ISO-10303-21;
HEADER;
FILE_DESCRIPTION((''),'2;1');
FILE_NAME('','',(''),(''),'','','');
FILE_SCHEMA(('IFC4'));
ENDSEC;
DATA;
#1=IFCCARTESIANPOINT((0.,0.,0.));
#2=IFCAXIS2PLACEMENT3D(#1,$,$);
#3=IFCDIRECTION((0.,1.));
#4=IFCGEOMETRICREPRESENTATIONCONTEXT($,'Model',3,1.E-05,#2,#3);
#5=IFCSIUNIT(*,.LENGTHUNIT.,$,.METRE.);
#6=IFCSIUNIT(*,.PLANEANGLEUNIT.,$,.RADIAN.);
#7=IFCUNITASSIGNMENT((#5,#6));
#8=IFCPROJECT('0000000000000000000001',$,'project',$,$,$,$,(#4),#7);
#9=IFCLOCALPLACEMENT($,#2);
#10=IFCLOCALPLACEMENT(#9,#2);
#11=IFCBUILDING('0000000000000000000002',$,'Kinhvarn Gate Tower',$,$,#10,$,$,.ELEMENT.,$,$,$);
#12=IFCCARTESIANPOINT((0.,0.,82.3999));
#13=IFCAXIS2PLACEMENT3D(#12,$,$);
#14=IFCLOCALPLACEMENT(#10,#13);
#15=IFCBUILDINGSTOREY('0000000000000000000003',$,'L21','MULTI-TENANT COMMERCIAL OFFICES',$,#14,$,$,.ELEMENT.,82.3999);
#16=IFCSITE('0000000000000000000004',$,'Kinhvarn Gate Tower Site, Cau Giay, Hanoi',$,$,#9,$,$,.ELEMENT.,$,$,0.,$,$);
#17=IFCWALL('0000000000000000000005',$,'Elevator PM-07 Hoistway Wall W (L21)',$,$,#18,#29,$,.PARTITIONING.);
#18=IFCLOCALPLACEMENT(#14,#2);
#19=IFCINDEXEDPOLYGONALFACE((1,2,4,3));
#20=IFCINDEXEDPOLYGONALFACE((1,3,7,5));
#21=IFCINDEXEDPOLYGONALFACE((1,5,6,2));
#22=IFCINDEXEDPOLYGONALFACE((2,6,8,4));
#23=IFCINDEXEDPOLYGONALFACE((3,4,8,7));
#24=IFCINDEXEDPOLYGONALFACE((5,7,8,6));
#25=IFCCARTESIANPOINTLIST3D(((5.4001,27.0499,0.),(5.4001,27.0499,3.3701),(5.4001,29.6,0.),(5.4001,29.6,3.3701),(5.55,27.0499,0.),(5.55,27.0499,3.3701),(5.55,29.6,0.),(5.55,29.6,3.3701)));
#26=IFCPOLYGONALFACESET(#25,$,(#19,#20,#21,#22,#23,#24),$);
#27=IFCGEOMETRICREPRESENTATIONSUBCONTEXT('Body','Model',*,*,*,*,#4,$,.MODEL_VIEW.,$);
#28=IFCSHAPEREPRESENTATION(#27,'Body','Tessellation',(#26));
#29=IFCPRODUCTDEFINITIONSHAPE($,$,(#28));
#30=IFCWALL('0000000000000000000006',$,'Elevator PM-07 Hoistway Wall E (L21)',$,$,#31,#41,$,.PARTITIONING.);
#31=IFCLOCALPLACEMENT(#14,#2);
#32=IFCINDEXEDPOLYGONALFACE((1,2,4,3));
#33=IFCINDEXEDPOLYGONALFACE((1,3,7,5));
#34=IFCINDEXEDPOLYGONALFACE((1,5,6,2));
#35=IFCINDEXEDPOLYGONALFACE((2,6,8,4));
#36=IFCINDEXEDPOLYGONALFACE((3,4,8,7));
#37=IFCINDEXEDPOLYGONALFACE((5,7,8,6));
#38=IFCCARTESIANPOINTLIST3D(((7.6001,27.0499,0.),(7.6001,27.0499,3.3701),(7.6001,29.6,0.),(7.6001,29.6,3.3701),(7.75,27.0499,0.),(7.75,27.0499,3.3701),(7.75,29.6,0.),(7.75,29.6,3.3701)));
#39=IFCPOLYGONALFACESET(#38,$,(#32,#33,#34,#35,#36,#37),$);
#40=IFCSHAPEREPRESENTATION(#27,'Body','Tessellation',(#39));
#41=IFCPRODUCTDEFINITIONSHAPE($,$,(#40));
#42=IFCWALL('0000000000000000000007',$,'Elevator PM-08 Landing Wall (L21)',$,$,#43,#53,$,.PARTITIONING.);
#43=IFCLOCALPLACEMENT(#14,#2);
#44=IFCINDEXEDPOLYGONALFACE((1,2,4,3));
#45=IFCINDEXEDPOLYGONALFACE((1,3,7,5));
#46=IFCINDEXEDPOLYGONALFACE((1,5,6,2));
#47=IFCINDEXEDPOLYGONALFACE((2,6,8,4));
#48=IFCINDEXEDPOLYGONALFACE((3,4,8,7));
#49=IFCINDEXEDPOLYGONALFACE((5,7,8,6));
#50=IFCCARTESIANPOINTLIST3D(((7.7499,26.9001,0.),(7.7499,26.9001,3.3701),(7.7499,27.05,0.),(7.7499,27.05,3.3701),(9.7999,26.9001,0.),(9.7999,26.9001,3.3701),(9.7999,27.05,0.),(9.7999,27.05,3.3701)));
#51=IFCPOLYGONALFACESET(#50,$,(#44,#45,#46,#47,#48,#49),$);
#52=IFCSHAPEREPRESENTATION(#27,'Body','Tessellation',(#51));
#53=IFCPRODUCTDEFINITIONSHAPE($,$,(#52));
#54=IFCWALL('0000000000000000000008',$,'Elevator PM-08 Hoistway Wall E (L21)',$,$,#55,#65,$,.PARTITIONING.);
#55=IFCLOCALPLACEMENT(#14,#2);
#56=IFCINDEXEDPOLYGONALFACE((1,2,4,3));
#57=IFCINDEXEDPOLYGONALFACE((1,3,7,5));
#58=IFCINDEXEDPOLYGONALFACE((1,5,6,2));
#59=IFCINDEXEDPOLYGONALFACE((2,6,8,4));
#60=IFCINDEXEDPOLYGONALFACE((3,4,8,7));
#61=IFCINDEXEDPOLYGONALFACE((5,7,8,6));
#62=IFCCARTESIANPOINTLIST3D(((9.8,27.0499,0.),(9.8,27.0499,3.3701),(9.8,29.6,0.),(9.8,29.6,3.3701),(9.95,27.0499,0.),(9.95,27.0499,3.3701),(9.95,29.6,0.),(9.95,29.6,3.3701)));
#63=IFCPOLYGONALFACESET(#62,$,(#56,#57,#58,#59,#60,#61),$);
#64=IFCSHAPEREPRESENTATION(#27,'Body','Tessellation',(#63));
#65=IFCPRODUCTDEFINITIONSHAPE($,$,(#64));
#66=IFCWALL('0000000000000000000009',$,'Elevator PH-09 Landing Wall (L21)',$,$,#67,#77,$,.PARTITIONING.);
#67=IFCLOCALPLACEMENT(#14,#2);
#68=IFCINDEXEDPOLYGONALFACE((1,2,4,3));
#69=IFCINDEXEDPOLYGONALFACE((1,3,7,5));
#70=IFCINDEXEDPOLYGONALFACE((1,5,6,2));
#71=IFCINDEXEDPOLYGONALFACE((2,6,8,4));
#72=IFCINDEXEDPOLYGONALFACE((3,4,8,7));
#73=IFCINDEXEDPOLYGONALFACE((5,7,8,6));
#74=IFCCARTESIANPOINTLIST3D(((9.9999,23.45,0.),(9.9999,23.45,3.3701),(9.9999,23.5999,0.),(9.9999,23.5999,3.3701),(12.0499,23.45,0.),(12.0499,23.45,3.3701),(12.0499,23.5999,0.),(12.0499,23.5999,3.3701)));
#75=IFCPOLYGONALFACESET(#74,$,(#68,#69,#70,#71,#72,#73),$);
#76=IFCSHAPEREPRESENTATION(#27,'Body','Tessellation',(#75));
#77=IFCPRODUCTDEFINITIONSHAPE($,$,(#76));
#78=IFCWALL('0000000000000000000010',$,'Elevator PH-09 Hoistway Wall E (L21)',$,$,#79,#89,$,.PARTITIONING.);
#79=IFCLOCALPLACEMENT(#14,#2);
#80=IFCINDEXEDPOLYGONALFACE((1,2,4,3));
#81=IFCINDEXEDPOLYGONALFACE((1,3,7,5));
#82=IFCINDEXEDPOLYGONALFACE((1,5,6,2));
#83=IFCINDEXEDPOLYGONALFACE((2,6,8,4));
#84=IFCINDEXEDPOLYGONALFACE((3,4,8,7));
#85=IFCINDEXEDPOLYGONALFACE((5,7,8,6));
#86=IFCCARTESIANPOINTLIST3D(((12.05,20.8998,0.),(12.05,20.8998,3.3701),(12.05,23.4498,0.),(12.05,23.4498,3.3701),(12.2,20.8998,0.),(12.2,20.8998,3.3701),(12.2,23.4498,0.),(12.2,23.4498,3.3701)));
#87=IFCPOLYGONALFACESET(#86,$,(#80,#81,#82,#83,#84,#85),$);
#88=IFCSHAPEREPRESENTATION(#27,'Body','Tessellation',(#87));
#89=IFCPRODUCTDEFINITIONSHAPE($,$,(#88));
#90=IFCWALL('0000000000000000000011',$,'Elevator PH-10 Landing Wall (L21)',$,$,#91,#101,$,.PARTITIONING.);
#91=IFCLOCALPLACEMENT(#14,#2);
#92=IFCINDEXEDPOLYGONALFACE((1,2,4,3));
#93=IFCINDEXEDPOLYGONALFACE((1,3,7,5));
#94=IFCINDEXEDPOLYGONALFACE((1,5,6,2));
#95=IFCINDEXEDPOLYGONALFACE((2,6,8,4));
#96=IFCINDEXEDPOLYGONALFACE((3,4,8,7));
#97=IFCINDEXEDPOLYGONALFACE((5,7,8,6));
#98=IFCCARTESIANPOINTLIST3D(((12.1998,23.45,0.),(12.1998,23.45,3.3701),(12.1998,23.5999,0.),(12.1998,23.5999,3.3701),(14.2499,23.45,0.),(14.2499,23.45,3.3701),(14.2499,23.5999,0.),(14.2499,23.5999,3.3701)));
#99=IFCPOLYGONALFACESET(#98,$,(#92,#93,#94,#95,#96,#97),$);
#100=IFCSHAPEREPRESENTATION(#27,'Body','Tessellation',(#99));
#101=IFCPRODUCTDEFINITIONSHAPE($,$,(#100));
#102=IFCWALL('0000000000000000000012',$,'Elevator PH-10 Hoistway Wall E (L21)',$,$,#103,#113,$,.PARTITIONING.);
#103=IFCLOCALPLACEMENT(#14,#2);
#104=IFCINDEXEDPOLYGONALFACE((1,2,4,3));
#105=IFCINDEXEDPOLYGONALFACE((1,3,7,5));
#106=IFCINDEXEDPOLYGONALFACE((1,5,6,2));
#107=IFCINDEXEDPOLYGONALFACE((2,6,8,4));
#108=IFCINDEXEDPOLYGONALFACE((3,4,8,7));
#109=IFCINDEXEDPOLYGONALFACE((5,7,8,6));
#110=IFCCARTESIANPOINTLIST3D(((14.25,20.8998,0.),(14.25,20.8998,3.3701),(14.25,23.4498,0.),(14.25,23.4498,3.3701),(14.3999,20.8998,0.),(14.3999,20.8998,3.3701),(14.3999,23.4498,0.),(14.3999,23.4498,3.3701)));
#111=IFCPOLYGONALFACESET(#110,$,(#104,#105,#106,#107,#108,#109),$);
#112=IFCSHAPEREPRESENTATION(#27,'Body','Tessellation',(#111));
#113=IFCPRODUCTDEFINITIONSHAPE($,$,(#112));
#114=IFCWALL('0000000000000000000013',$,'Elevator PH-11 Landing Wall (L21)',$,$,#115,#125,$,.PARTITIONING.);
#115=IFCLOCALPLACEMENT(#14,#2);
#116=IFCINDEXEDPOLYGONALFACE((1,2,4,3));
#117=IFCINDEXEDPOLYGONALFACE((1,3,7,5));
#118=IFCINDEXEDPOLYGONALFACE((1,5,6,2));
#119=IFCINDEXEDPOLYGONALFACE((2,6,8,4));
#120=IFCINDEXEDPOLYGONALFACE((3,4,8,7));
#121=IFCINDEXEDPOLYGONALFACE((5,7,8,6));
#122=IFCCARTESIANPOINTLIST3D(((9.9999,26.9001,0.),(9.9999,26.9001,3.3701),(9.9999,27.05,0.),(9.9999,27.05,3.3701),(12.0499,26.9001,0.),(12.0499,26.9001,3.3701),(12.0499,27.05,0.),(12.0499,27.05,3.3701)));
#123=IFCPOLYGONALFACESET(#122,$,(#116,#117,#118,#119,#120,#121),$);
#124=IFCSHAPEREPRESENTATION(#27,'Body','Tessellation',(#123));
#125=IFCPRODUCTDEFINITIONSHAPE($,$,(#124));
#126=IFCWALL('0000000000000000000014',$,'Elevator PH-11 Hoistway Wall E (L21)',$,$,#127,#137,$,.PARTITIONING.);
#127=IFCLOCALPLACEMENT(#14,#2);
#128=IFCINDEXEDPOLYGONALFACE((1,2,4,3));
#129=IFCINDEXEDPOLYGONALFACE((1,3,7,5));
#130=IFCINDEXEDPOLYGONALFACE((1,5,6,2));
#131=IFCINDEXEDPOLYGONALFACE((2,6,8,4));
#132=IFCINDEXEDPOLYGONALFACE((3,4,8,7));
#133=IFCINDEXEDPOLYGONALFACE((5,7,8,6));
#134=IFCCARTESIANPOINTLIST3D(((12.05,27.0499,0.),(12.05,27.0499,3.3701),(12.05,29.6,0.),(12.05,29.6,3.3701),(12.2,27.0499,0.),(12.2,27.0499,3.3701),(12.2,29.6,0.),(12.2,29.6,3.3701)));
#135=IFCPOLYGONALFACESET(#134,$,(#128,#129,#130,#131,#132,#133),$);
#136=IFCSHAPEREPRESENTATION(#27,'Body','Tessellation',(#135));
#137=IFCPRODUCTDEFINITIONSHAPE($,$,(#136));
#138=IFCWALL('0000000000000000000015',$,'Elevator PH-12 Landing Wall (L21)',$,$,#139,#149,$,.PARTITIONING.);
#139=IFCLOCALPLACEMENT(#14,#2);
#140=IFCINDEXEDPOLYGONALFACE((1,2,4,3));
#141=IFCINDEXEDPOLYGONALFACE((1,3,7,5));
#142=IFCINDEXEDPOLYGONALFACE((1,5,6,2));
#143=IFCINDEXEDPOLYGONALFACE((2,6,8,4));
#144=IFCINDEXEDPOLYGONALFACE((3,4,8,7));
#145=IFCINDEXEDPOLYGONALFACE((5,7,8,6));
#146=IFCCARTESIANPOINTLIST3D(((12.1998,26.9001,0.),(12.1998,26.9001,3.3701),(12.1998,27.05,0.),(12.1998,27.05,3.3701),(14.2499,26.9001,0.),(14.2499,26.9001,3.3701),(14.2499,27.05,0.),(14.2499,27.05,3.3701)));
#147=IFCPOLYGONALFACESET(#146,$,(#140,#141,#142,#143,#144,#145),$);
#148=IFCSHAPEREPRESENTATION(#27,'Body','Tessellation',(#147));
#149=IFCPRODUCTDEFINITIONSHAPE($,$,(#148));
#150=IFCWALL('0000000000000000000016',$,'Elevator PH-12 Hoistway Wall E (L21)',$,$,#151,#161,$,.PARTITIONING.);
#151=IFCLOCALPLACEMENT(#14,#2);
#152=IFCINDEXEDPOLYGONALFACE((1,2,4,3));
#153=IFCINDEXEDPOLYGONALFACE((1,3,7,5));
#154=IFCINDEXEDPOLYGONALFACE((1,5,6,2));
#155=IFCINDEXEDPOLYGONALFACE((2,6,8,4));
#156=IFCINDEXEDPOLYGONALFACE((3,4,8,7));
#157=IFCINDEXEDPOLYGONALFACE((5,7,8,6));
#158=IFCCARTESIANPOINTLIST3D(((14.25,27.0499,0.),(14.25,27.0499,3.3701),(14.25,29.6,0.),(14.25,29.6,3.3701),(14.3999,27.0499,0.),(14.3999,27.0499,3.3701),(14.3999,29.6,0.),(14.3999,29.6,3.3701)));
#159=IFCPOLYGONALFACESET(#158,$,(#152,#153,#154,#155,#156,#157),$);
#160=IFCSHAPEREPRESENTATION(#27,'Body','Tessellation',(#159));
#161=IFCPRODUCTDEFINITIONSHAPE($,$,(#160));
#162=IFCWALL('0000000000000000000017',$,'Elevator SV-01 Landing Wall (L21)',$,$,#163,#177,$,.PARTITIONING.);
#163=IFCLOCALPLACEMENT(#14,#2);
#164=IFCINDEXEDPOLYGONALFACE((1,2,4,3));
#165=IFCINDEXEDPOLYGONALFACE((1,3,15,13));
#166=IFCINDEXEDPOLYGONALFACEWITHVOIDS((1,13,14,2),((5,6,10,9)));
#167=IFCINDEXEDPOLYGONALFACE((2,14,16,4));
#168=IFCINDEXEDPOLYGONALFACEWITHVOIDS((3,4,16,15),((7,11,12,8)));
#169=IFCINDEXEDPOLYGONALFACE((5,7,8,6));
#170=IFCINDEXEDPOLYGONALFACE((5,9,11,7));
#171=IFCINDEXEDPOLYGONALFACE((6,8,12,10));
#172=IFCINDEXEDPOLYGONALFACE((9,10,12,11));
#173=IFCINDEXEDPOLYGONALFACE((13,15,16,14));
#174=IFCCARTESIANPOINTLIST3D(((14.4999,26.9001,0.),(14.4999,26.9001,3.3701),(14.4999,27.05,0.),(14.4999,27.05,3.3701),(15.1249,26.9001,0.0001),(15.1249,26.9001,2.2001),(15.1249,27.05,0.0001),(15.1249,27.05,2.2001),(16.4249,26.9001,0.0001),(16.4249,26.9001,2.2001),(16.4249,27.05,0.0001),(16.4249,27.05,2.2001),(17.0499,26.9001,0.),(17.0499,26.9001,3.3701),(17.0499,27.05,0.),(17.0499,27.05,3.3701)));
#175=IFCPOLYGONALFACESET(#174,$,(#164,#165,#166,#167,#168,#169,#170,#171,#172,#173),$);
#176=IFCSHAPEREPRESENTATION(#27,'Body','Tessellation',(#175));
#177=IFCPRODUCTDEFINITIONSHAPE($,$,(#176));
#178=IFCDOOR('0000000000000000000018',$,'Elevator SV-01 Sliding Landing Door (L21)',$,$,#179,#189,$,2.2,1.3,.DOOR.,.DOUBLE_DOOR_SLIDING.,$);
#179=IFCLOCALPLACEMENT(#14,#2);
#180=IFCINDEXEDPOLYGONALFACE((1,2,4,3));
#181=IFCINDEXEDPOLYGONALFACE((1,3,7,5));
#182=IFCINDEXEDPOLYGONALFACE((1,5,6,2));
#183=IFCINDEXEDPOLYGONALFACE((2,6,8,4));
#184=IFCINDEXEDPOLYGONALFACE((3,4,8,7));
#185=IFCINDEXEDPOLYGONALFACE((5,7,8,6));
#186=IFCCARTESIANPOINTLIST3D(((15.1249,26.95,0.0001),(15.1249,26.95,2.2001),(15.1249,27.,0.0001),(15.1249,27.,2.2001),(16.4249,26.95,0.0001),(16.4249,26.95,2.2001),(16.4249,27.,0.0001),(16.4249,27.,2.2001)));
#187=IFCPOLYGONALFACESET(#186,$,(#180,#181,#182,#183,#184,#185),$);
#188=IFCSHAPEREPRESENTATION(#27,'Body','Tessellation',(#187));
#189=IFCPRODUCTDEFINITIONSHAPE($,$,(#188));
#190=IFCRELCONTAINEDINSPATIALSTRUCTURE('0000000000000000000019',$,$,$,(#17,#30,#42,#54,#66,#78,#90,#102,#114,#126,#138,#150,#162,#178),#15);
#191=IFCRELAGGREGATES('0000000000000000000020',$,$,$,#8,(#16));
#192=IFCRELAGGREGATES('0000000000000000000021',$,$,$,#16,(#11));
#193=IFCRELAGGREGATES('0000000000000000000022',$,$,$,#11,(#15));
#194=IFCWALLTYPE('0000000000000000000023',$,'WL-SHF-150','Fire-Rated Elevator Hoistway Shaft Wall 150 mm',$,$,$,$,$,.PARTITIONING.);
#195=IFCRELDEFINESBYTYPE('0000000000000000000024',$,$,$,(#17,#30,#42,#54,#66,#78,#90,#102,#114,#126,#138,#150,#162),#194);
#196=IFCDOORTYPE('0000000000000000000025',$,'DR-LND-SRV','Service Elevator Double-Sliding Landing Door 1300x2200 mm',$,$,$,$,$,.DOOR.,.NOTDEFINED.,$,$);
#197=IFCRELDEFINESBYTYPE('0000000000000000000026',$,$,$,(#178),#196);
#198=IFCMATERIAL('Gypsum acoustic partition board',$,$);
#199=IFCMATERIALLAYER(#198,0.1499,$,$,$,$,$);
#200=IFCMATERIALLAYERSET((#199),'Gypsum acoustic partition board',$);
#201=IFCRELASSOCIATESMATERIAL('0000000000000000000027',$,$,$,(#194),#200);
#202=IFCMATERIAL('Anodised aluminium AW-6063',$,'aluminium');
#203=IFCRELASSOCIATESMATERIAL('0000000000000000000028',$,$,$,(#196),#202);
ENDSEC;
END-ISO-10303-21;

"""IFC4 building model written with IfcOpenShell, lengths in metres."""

from ifc_helpers import new_model, si_unit, direction, frame, frame_2d, origin, place, context, subcontext, project, spatial, rectangle, extrude, material, layer, layer_set, type_object, element, fill, save


model = new_model("IFC4")

# Units and contexts
model_context = context("Model", 3, precision=1e-05, world=origin(), true_north=direction((0.0, 1.0)))
body_context = subcontext(model_context, "Body", "Model", "MODEL_VIEW")
ifc_project = project(units=[si_unit("LENGTHUNIT", "METRE"), si_unit("PLANEANGLEUNIT", "RADIAN")], contexts=[model_context])

# Site, building, storey
site_placement = place(None, origin())
site = spatial("IfcSite", under=ifc_project, at=site_placement, Name="Kinhvarn Gate Tower Site, Cau Giay, Hanoi", CompositionType="ELEMENT", RefElevation=0.0)
building_placement = place(site_placement, origin())
building = spatial("IfcBuilding", under=site, at=building_placement, Name="Kinhvarn Gate Tower", CompositionType="ELEMENT")
storey_placement = place(building_placement, frame((0.0, 0.0, 82.3999)))
storey = spatial("IfcBuildingStorey", under=building, at=storey_placement, Name="L21", Description="MULTI-TENANT COMMERCIAL OFFICES", CompositionType="ELEMENT", Elevation=82.3999)

# Shared definitions
ifc_material_1 = material(Name="Anodised aluminium AW-6063", Category="aluminium")
ifc_material_2 = material(Name="Gypsum acoustic partition board")

# Walls
ifc_layer_1 = layer(ifc_material_2, 0.1499)
ifc_layer_set_1 = layer_set([ifc_layer_1], Name="Gypsum acoustic partition board")
wall_type_1 = type_object("IfcWallType", Name="WL-SHF-150", Description="Fire-Rated Elevator Hoistway Shaft Wall 150 mm", PredefinedType="PARTITIONING", material=ifc_layer_set_1)
for number, where, z_axis, x_axis, name in (
    (1, (5.4751, 27.05, 0.0), (0.0, 0.0, 1.0), (0.0, 1.0, 0.0), "Elevator PM-07 Hoistway Wall W (L21)"),
    (2, (7.675, 27.05, 0.0), (0.0, 0.0, 1.0), (0.0, 1.0, 0.0), "Elevator PM-07 Hoistway Wall E (L21)"),
):
    element("IfcWall", number, at=place(storey_placement, frame(where, z_axis=z_axis, x_axis=x_axis)), inside=storey, type_object=wall_type_1, Name=name, PredefinedType="PARTITIONING", context=body_context, shape_type="SweptSolid", body=[
        extrude(rectangle(XDim=2.55, YDim=0.1499, at=frame_2d((1.2749, 0.0))), origin(), (0.0, 0.0, 1.0), 3.3701),
    ])
wall_1_placement = place(storey_placement, frame((7.75, 26.9751, 0.0), z_axis=(0.0, 0.0, 1.0), x_axis=(1.0, 0.0, 0.0)))
element("IfcWall", 3, at=wall_1_placement, inside=storey, type_object=wall_type_1, Name="Elevator PM-08 Landing Wall (L21)", PredefinedType="PARTITIONING", context=body_context, shape_type="SweptSolid", body=[
    extrude(rectangle(XDim=2.05, YDim=0.1499, at=frame_2d((1.0249, 0.0))), origin(), (0.0, 0.0, 1.0), 3.3701),
])
wall_2_placement = place(storey_placement, frame((9.875, 27.05, 0.0), z_axis=(0.0, 0.0, 1.0), x_axis=(0.0, 1.0, 0.0)))
element("IfcWall", 4, at=wall_2_placement, inside=storey, type_object=wall_type_1, Name="Elevator PM-08 Hoistway Wall E (L21)", PredefinedType="PARTITIONING", context=body_context, shape_type="SweptSolid", body=[
    extrude(rectangle(XDim=2.55, YDim=0.1499, at=frame_2d((1.2749, 0.0))), origin(), (0.0, 0.0, 1.0), 3.3701),
])
wall_3_placement = place(storey_placement, frame((10.0, 23.5249, 0.0), z_axis=(0.0, 0.0, 1.0), x_axis=(1.0, 0.0, 0.0)))
element("IfcWall", 5, at=wall_3_placement, inside=storey, type_object=wall_type_1, Name="Elevator PH-09 Landing Wall (L21)", PredefinedType="PARTITIONING", context=body_context, shape_type="SweptSolid", body=[
    extrude(rectangle(XDim=2.05, YDim=0.1499, at=frame_2d((1.0249, 0.0))), origin(), (0.0, 0.0, 1.0), 3.3701),
])
wall_4_placement = place(storey_placement, frame((12.125, 20.8999, 0.0), z_axis=(0.0, 0.0, 1.0), x_axis=(0.0, 1.0, 0.0)))
element("IfcWall", 6, at=wall_4_placement, inside=storey, type_object=wall_type_1, Name="Elevator PH-09 Hoistway Wall E (L21)", PredefinedType="PARTITIONING", context=body_context, shape_type="SweptSolid", body=[
    extrude(rectangle(XDim=2.55, YDim=0.1499, at=frame_2d((1.2749, 0.0))), origin(), (0.0, 0.0, 1.0), 3.3701),
])
wall_5_placement = place(storey_placement, frame((12.2, 23.5249, 0.0), z_axis=(0.0, 0.0, 1.0), x_axis=(1.0, 0.0, 0.0)))
element("IfcWall", 7, at=wall_5_placement, inside=storey, type_object=wall_type_1, Name="Elevator PH-10 Landing Wall (L21)", PredefinedType="PARTITIONING", context=body_context, shape_type="SweptSolid", body=[
    extrude(rectangle(XDim=2.05, YDim=0.1499, at=frame_2d((1.0249, 0.0))), origin(), (0.0, 0.0, 1.0), 3.3701),
])
wall_6_placement = place(storey_placement, frame((14.325, 20.8999, 0.0), z_axis=(0.0, 0.0, 1.0), x_axis=(0.0, 1.0, 0.0)))
element("IfcWall", 8, at=wall_6_placement, inside=storey, type_object=wall_type_1, Name="Elevator PH-10 Hoistway Wall E (L21)", PredefinedType="PARTITIONING", context=body_context, shape_type="SweptSolid", body=[
    extrude(rectangle(XDim=2.55, YDim=0.1499, at=frame_2d((1.2749, 0.0))), origin(), (0.0, 0.0, 1.0), 3.3701),
])
wall_7_placement = place(storey_placement, frame((10.0, 26.9751, 0.0), z_axis=(0.0, 0.0, 1.0), x_axis=(1.0, 0.0, 0.0)))
element("IfcWall", 9, at=wall_7_placement, inside=storey, type_object=wall_type_1, Name="Elevator PH-11 Landing Wall (L21)", PredefinedType="PARTITIONING", context=body_context, shape_type="SweptSolid", body=[
    extrude(rectangle(XDim=2.05, YDim=0.1499, at=frame_2d((1.0249, 0.0))), origin(), (0.0, 0.0, 1.0), 3.3701),
])
wall_8_placement = place(storey_placement, frame((12.125, 27.05, 0.0), z_axis=(0.0, 0.0, 1.0), x_axis=(0.0, 1.0, 0.0)))
element("IfcWall", 10, at=wall_8_placement, inside=storey, type_object=wall_type_1, Name="Elevator PH-11 Hoistway Wall E (L21)", PredefinedType="PARTITIONING", context=body_context, shape_type="SweptSolid", body=[
    extrude(rectangle(XDim=2.55, YDim=0.1499, at=frame_2d((1.2749, 0.0))), origin(), (0.0, 0.0, 1.0), 3.3701),
])
wall_9_placement = place(storey_placement, frame((12.2, 26.9751, 0.0), z_axis=(0.0, 0.0, 1.0), x_axis=(1.0, 0.0, 0.0)))
element("IfcWall", 11, at=wall_9_placement, inside=storey, type_object=wall_type_1, Name="Elevator PH-12 Landing Wall (L21)", PredefinedType="PARTITIONING", context=body_context, shape_type="SweptSolid", body=[
    extrude(rectangle(XDim=2.05, YDim=0.1499, at=frame_2d((1.0249, 0.0))), origin(), (0.0, 0.0, 1.0), 3.3701),
])
wall_10_placement = place(storey_placement, frame((14.325, 27.05, 0.0), z_axis=(0.0, 0.0, 1.0), x_axis=(0.0, 1.0, 0.0)))
element("IfcWall", 12, at=wall_10_placement, inside=storey, type_object=wall_type_1, Name="Elevator PH-12 Hoistway Wall E (L21)", PredefinedType="PARTITIONING", context=body_context, shape_type="SweptSolid", body=[
    extrude(rectangle(XDim=2.55, YDim=0.1499, at=frame_2d((1.2749, 0.0))), origin(), (0.0, 0.0, 1.0), 3.3701),
])

# Wall, opening, door
wall_11_placement = place(storey_placement, frame((14.5, 26.9751, 0.0), z_axis=(0.0, 0.0, 1.0), x_axis=(1.0, 0.0, 0.0)))
wall_11 = element("IfcWall", 13, at=wall_11_placement, inside=storey, type_object=wall_type_1, Name="Elevator SV-01 Landing Wall (L21)", PredefinedType="PARTITIONING", context=body_context, shape_type="SweptSolid", body=[
    extrude(rectangle(XDim=2.55, YDim=0.1499, at=frame_2d((1.2749, 0.0))), origin(), (0.0, 0.0, 1.0), 3.3701),
])
opening_1_placement = place(wall_11_placement, frame((0.625, 0.0, 0.0)))
opening_1 = element("IfcOpeningElement", 14, at=opening_1_placement, cuts=wall_11, PredefinedType="OPENING", context=body_context, shape_type="SweptSolid", body=[
    extrude(rectangle(XDim=1.3, YDim=2.2, at=frame_2d((0.6499, 1.1001))), frame((0.0, 0.085, 0.0), z_axis=(0.0, -1.0, 0.0), x_axis=(1.0, 0.0, 0.0)), (0.0, 0.0, 1.0), 0.1699),
])
door_type_1 = type_object("IfcDoorType", Name="DR-LND-SRV", Description="Service Elevator Double-Sliding Landing Door 1300x2200 mm", OperationType="NOTDEFINED", PredefinedType="DOOR", material=ifc_material_1)
door_1_placement = place(opening_1_placement, origin())
door_1 = element("IfcDoor", 15, at=door_1_placement, inside=storey, type_object=door_type_1, Name="Elevator SV-01 Sliding Landing Door (L21)", OperationType="DOUBLE_DOOR_SLIDING", OverallHeight=2.2, OverallWidth=1.3, PredefinedType="DOOR", context=body_context, shape_type="SweptSolid", body=[
    extrude(rectangle(XDim=1.3, YDim=2.2, at=frame_2d((0.6499, 1.1001))), frame((0.0, 0.0249, 0.0), z_axis=(0.0, -1.0, 0.0), x_axis=(1.0, 0.0, 0.0)), (0.0, 0.0, 1.0), 0.05),
])
fill(opening_1, door_1)

save(model, "model.ifc")
